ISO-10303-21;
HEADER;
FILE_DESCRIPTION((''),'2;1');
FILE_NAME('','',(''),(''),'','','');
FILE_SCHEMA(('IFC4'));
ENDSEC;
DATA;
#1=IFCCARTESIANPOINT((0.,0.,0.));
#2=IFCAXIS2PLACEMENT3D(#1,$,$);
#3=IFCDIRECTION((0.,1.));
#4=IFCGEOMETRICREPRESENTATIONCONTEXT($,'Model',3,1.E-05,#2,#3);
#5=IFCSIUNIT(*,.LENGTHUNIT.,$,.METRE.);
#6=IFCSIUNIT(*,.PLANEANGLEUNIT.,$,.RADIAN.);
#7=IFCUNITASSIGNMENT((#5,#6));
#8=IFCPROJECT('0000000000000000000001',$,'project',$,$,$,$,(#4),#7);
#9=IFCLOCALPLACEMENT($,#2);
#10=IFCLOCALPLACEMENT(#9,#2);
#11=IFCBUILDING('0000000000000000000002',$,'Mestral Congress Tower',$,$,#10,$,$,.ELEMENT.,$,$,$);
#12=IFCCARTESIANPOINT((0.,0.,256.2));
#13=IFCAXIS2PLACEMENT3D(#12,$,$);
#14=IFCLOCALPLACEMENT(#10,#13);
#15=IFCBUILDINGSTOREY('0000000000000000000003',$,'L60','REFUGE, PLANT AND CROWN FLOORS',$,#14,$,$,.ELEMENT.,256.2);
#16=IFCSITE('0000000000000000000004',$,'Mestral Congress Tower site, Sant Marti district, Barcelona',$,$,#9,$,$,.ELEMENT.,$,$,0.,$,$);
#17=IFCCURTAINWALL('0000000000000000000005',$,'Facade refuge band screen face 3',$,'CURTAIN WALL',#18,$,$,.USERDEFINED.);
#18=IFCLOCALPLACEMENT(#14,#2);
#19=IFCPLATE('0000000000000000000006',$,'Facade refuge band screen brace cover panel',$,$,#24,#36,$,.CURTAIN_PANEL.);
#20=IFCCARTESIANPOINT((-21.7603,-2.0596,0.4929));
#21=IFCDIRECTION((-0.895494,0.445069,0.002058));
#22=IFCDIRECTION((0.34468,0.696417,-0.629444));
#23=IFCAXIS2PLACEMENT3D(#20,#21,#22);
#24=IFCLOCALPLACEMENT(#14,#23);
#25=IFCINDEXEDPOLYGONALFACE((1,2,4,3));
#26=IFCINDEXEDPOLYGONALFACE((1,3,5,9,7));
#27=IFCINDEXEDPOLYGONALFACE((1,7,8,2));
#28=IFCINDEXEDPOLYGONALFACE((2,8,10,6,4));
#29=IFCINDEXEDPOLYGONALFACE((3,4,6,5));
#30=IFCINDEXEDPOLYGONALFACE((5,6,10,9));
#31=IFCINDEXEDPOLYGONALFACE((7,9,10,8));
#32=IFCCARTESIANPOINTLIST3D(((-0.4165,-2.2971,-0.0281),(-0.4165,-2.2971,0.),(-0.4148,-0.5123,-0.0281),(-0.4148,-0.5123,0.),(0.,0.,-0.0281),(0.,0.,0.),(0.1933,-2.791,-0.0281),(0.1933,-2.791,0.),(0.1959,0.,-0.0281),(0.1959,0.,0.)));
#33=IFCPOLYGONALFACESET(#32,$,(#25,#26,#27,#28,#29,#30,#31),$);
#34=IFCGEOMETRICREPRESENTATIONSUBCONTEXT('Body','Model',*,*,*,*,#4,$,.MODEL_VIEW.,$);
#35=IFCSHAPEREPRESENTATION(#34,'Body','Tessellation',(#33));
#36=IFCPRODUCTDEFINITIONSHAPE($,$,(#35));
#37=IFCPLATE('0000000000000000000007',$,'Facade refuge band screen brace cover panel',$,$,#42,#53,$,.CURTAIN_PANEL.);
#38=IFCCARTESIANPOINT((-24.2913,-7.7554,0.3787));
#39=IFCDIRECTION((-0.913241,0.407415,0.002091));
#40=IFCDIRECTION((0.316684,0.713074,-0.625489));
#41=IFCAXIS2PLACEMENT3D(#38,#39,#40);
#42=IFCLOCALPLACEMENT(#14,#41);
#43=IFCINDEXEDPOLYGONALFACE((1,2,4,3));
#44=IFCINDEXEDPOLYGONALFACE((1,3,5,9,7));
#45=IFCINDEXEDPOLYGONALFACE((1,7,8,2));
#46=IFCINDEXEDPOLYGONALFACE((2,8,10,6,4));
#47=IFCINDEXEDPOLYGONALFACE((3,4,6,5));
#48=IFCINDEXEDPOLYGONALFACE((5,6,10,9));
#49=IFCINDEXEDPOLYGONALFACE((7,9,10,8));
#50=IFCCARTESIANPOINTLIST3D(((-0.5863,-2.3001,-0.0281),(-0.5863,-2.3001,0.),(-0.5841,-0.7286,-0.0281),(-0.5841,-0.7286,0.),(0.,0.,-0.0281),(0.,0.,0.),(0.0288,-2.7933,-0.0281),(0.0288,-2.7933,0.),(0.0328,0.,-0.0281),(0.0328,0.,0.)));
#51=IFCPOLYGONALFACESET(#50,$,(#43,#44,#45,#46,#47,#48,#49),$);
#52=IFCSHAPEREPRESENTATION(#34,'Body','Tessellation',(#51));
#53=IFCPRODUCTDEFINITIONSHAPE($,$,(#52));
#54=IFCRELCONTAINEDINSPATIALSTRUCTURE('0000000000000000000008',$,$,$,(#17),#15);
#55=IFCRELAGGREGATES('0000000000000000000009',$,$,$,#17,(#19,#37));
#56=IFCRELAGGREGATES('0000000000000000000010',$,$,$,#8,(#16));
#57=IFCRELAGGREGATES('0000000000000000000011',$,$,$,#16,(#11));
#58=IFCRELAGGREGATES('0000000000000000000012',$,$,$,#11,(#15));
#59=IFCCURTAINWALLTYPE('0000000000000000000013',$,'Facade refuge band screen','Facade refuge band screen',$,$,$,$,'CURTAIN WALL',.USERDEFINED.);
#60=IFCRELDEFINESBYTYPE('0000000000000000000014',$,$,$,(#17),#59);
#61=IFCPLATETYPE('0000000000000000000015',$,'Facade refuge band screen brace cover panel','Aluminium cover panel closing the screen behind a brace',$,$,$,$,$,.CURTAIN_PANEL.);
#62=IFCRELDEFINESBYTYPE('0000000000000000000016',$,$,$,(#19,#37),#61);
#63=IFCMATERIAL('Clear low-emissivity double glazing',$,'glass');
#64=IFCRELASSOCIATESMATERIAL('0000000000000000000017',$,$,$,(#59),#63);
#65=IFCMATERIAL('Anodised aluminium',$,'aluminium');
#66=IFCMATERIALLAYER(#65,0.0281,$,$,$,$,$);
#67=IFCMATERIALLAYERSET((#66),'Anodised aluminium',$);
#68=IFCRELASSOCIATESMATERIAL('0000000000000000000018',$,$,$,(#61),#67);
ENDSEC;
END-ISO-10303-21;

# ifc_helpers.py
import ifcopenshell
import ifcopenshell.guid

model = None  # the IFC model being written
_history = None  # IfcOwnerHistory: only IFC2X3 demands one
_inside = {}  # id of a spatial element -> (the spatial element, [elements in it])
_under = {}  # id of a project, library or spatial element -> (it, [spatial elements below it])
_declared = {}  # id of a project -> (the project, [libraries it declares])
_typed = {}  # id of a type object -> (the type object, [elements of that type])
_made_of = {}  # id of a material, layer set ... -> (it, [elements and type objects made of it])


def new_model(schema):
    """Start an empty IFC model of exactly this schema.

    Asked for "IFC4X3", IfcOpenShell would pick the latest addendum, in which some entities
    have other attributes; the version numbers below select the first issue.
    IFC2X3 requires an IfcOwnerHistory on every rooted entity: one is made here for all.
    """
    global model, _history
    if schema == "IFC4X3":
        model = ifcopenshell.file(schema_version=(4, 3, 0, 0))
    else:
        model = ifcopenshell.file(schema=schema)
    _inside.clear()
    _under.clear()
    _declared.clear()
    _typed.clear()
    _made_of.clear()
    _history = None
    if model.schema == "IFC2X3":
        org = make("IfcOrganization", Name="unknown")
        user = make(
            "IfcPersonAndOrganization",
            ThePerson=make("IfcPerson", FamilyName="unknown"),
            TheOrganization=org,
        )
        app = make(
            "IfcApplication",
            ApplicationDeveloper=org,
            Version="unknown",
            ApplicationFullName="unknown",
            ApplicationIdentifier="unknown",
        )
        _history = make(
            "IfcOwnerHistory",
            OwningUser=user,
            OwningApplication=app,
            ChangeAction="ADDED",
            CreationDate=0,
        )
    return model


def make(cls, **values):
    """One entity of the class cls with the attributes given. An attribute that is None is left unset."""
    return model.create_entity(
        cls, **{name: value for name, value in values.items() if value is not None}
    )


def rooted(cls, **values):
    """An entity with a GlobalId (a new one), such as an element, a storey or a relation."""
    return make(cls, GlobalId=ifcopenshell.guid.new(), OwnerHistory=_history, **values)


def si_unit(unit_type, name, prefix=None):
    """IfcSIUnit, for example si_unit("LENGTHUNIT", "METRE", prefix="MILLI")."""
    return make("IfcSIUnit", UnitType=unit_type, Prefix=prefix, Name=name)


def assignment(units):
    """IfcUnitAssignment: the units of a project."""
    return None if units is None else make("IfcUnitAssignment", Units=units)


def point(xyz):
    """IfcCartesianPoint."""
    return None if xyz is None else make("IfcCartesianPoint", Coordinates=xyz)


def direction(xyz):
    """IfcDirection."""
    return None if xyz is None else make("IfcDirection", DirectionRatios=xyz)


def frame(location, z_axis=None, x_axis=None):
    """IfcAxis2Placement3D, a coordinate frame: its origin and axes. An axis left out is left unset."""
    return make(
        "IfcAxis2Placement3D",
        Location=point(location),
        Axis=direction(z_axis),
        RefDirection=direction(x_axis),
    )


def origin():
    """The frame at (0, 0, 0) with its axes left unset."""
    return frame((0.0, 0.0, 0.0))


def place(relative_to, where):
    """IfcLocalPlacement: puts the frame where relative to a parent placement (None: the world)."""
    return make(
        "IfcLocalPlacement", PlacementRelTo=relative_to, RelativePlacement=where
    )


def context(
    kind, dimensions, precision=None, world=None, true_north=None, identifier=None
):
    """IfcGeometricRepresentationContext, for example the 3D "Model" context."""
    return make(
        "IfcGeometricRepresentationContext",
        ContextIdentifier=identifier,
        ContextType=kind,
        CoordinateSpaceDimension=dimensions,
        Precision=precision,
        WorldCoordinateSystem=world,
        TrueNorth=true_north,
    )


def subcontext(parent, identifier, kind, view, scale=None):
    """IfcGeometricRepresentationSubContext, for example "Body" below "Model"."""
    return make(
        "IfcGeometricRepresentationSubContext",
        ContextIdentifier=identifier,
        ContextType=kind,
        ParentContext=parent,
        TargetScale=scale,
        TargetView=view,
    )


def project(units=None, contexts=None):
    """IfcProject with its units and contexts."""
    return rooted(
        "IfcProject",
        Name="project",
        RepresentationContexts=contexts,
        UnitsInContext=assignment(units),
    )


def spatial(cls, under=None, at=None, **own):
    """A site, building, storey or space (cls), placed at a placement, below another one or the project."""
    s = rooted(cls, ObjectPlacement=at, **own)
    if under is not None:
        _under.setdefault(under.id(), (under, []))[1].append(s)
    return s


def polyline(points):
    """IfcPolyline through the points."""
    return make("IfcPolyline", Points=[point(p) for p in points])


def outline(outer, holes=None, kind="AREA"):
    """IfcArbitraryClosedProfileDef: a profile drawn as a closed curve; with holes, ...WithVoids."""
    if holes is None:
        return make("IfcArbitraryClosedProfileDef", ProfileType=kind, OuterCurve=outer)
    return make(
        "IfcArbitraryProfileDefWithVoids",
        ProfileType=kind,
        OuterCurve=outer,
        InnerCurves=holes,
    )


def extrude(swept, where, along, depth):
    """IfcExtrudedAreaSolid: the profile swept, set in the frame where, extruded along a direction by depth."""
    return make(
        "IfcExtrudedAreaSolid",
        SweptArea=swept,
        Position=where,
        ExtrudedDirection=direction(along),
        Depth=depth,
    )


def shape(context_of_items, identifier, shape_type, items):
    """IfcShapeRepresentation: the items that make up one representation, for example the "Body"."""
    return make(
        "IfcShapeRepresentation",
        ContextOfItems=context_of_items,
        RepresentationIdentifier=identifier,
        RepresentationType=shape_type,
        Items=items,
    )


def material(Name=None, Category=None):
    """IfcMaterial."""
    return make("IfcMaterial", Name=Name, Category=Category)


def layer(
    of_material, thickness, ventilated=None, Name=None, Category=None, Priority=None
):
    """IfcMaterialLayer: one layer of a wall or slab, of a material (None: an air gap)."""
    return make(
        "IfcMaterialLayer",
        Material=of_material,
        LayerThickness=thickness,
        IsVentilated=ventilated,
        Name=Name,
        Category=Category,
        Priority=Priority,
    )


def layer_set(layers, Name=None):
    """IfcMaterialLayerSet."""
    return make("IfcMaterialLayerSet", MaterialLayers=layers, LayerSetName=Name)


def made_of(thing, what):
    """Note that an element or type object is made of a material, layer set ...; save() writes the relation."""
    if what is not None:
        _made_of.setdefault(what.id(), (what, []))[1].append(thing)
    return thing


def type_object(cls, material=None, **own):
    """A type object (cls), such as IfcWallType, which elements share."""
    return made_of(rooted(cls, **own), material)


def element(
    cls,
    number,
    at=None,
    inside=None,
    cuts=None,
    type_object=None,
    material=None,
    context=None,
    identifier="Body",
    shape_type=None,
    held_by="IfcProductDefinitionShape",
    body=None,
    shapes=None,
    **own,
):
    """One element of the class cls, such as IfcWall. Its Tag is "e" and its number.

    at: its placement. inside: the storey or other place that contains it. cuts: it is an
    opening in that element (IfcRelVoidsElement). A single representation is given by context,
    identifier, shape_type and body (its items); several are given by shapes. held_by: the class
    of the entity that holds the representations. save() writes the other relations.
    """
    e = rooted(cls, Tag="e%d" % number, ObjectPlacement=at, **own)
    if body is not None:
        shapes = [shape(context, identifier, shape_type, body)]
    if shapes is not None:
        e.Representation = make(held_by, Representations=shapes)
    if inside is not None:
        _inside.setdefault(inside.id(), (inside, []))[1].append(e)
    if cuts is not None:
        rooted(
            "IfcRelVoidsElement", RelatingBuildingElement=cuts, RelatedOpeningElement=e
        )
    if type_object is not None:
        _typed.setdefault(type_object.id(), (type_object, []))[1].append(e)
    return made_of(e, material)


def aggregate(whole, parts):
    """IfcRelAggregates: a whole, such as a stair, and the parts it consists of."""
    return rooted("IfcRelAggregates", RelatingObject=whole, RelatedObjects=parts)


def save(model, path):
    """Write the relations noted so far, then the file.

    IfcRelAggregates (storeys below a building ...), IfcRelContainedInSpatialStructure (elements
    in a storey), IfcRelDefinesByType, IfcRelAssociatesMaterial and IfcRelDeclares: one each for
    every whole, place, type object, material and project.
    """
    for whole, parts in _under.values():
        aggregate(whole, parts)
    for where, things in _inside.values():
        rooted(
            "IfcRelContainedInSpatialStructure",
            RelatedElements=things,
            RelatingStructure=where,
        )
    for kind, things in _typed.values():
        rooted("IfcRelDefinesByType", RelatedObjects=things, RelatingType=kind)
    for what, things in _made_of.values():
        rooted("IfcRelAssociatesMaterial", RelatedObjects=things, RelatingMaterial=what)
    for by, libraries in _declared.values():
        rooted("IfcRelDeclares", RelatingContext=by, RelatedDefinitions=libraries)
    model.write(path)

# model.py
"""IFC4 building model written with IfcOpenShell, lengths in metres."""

from ifc_helpers import new_model, si_unit, direction, frame, origin, place, context, subcontext, project, spatial, polyline, outline, extrude, material, layer, layer_set, type_object, element, aggregate, save


model = new_model("IFC4")

# Units and contexts
model_context = context("Model", 3, precision=1e-05, world=origin(), true_north=direction((0.0, 1.0)))
body_context = subcontext(model_context, "Body", "Model", "MODEL_VIEW")
ifc_project = project(units=[si_unit("LENGTHUNIT", "METRE"), si_unit("PLANEANGLEUNIT", "RADIAN")], contexts=[model_context])

# Site, building, storey
site_placement = place(None, origin())
site = spatial("IfcSite", under=ifc_project, at=site_placement, Name="Mestral Congress Tower site, Sant Marti district, Barcelona", CompositionType="ELEMENT", RefElevation=0.0)
building_placement = place(site_placement, origin())
building = spatial("IfcBuilding", under=site, at=building_placement, Name="Mestral Congress Tower", CompositionType="ELEMENT")
storey_placement = place(building_placement, frame((0.0, 0.0, 256.2)))
storey = spatial("IfcBuildingStorey", under=building, at=storey_placement, Name="L60", Description="REFUGE, PLANT AND CROWN FLOORS", CompositionType="ELEMENT", Elevation=256.2)

# Curtain wall
ifc_material_1 = material(Name="Clear low-emissivity double glazing", Category="glass")
curtain_wall_type = type_object("IfcCurtainWallType", Name="Facade refuge band screen", Description="Facade refuge band screen", ElementType="CURTAIN WALL", PredefinedType="USERDEFINED", material=ifc_material_1)
curtain_wall_placement = place(storey_placement, origin())
curtain_wall = element("IfcCurtainWall", 1, at=curtain_wall_placement, inside=storey, type_object=curtain_wall_type, Name="Facade refuge band screen face 3", ObjectType="CURTAIN WALL", PredefinedType="USERDEFINED")
ifc_material_2 = material(Name="Anodised aluminium", Category="aluminium")

# Plates
ifc_layer_1 = layer(ifc_material_2, 0.0281)
ifc_layer_set_1 = layer_set([ifc_layer_1], Name="Anodised aluminium")
plate_type_1 = type_object("IfcPlateType", Name="Facade refuge band screen brace cover panel", Description="Aluminium cover panel closing the screen behind a brace", PredefinedType="CURTAIN_PANEL", material=ifc_layer_set_1)
plate_1_placement = place(storey_placement, frame((-21.7603, -2.0596, 0.4929), z_axis=(-0.895494, 0.445069, 0.002058), x_axis=(0.34468, 0.696417, -0.629444)))
plate_1 = element("IfcPlate", 2, at=plate_1_placement, type_object=plate_type_1, Name="Facade refuge band screen brace cover panel", PredefinedType="CURTAIN_PANEL", context=body_context, shape_type="SweptSolid", body=[
    extrude(outline(polyline([(0.0, 0.0), (0.1959, 0.0), (0.1933, -2.791), (-0.4165, -2.2971), (-0.4148, -0.5123), (0.0, 0.0)])), origin(), (0.0, 0.0, -1.0), 0.0281),
])
plate_2_placement = place(storey_placement, frame((-24.2913, -7.7554, 0.3787), z_axis=(-0.913241, 0.407415, 0.002091), x_axis=(0.316684, 0.713074, -0.625489)))
plate_2 = element("IfcPlate", 3, at=plate_2_placement, type_object=plate_type_1, Name="Facade refuge band screen brace cover panel", PredefinedType="CURTAIN_PANEL", context=body_context, shape_type="SweptSolid", body=[
    extrude(outline(polyline([(0.0, 0.0), (0.0328, 0.0), (0.0288, -2.7933), (-0.5863, -2.3001), (-0.5841, -0.7286), (0.0, 0.0)])), origin(), (0.0, 0.0, -1.0), 0.0281),
])

aggregate(curtain_wall, [plate_1, plate_2])

save(model, "model.ifc")
